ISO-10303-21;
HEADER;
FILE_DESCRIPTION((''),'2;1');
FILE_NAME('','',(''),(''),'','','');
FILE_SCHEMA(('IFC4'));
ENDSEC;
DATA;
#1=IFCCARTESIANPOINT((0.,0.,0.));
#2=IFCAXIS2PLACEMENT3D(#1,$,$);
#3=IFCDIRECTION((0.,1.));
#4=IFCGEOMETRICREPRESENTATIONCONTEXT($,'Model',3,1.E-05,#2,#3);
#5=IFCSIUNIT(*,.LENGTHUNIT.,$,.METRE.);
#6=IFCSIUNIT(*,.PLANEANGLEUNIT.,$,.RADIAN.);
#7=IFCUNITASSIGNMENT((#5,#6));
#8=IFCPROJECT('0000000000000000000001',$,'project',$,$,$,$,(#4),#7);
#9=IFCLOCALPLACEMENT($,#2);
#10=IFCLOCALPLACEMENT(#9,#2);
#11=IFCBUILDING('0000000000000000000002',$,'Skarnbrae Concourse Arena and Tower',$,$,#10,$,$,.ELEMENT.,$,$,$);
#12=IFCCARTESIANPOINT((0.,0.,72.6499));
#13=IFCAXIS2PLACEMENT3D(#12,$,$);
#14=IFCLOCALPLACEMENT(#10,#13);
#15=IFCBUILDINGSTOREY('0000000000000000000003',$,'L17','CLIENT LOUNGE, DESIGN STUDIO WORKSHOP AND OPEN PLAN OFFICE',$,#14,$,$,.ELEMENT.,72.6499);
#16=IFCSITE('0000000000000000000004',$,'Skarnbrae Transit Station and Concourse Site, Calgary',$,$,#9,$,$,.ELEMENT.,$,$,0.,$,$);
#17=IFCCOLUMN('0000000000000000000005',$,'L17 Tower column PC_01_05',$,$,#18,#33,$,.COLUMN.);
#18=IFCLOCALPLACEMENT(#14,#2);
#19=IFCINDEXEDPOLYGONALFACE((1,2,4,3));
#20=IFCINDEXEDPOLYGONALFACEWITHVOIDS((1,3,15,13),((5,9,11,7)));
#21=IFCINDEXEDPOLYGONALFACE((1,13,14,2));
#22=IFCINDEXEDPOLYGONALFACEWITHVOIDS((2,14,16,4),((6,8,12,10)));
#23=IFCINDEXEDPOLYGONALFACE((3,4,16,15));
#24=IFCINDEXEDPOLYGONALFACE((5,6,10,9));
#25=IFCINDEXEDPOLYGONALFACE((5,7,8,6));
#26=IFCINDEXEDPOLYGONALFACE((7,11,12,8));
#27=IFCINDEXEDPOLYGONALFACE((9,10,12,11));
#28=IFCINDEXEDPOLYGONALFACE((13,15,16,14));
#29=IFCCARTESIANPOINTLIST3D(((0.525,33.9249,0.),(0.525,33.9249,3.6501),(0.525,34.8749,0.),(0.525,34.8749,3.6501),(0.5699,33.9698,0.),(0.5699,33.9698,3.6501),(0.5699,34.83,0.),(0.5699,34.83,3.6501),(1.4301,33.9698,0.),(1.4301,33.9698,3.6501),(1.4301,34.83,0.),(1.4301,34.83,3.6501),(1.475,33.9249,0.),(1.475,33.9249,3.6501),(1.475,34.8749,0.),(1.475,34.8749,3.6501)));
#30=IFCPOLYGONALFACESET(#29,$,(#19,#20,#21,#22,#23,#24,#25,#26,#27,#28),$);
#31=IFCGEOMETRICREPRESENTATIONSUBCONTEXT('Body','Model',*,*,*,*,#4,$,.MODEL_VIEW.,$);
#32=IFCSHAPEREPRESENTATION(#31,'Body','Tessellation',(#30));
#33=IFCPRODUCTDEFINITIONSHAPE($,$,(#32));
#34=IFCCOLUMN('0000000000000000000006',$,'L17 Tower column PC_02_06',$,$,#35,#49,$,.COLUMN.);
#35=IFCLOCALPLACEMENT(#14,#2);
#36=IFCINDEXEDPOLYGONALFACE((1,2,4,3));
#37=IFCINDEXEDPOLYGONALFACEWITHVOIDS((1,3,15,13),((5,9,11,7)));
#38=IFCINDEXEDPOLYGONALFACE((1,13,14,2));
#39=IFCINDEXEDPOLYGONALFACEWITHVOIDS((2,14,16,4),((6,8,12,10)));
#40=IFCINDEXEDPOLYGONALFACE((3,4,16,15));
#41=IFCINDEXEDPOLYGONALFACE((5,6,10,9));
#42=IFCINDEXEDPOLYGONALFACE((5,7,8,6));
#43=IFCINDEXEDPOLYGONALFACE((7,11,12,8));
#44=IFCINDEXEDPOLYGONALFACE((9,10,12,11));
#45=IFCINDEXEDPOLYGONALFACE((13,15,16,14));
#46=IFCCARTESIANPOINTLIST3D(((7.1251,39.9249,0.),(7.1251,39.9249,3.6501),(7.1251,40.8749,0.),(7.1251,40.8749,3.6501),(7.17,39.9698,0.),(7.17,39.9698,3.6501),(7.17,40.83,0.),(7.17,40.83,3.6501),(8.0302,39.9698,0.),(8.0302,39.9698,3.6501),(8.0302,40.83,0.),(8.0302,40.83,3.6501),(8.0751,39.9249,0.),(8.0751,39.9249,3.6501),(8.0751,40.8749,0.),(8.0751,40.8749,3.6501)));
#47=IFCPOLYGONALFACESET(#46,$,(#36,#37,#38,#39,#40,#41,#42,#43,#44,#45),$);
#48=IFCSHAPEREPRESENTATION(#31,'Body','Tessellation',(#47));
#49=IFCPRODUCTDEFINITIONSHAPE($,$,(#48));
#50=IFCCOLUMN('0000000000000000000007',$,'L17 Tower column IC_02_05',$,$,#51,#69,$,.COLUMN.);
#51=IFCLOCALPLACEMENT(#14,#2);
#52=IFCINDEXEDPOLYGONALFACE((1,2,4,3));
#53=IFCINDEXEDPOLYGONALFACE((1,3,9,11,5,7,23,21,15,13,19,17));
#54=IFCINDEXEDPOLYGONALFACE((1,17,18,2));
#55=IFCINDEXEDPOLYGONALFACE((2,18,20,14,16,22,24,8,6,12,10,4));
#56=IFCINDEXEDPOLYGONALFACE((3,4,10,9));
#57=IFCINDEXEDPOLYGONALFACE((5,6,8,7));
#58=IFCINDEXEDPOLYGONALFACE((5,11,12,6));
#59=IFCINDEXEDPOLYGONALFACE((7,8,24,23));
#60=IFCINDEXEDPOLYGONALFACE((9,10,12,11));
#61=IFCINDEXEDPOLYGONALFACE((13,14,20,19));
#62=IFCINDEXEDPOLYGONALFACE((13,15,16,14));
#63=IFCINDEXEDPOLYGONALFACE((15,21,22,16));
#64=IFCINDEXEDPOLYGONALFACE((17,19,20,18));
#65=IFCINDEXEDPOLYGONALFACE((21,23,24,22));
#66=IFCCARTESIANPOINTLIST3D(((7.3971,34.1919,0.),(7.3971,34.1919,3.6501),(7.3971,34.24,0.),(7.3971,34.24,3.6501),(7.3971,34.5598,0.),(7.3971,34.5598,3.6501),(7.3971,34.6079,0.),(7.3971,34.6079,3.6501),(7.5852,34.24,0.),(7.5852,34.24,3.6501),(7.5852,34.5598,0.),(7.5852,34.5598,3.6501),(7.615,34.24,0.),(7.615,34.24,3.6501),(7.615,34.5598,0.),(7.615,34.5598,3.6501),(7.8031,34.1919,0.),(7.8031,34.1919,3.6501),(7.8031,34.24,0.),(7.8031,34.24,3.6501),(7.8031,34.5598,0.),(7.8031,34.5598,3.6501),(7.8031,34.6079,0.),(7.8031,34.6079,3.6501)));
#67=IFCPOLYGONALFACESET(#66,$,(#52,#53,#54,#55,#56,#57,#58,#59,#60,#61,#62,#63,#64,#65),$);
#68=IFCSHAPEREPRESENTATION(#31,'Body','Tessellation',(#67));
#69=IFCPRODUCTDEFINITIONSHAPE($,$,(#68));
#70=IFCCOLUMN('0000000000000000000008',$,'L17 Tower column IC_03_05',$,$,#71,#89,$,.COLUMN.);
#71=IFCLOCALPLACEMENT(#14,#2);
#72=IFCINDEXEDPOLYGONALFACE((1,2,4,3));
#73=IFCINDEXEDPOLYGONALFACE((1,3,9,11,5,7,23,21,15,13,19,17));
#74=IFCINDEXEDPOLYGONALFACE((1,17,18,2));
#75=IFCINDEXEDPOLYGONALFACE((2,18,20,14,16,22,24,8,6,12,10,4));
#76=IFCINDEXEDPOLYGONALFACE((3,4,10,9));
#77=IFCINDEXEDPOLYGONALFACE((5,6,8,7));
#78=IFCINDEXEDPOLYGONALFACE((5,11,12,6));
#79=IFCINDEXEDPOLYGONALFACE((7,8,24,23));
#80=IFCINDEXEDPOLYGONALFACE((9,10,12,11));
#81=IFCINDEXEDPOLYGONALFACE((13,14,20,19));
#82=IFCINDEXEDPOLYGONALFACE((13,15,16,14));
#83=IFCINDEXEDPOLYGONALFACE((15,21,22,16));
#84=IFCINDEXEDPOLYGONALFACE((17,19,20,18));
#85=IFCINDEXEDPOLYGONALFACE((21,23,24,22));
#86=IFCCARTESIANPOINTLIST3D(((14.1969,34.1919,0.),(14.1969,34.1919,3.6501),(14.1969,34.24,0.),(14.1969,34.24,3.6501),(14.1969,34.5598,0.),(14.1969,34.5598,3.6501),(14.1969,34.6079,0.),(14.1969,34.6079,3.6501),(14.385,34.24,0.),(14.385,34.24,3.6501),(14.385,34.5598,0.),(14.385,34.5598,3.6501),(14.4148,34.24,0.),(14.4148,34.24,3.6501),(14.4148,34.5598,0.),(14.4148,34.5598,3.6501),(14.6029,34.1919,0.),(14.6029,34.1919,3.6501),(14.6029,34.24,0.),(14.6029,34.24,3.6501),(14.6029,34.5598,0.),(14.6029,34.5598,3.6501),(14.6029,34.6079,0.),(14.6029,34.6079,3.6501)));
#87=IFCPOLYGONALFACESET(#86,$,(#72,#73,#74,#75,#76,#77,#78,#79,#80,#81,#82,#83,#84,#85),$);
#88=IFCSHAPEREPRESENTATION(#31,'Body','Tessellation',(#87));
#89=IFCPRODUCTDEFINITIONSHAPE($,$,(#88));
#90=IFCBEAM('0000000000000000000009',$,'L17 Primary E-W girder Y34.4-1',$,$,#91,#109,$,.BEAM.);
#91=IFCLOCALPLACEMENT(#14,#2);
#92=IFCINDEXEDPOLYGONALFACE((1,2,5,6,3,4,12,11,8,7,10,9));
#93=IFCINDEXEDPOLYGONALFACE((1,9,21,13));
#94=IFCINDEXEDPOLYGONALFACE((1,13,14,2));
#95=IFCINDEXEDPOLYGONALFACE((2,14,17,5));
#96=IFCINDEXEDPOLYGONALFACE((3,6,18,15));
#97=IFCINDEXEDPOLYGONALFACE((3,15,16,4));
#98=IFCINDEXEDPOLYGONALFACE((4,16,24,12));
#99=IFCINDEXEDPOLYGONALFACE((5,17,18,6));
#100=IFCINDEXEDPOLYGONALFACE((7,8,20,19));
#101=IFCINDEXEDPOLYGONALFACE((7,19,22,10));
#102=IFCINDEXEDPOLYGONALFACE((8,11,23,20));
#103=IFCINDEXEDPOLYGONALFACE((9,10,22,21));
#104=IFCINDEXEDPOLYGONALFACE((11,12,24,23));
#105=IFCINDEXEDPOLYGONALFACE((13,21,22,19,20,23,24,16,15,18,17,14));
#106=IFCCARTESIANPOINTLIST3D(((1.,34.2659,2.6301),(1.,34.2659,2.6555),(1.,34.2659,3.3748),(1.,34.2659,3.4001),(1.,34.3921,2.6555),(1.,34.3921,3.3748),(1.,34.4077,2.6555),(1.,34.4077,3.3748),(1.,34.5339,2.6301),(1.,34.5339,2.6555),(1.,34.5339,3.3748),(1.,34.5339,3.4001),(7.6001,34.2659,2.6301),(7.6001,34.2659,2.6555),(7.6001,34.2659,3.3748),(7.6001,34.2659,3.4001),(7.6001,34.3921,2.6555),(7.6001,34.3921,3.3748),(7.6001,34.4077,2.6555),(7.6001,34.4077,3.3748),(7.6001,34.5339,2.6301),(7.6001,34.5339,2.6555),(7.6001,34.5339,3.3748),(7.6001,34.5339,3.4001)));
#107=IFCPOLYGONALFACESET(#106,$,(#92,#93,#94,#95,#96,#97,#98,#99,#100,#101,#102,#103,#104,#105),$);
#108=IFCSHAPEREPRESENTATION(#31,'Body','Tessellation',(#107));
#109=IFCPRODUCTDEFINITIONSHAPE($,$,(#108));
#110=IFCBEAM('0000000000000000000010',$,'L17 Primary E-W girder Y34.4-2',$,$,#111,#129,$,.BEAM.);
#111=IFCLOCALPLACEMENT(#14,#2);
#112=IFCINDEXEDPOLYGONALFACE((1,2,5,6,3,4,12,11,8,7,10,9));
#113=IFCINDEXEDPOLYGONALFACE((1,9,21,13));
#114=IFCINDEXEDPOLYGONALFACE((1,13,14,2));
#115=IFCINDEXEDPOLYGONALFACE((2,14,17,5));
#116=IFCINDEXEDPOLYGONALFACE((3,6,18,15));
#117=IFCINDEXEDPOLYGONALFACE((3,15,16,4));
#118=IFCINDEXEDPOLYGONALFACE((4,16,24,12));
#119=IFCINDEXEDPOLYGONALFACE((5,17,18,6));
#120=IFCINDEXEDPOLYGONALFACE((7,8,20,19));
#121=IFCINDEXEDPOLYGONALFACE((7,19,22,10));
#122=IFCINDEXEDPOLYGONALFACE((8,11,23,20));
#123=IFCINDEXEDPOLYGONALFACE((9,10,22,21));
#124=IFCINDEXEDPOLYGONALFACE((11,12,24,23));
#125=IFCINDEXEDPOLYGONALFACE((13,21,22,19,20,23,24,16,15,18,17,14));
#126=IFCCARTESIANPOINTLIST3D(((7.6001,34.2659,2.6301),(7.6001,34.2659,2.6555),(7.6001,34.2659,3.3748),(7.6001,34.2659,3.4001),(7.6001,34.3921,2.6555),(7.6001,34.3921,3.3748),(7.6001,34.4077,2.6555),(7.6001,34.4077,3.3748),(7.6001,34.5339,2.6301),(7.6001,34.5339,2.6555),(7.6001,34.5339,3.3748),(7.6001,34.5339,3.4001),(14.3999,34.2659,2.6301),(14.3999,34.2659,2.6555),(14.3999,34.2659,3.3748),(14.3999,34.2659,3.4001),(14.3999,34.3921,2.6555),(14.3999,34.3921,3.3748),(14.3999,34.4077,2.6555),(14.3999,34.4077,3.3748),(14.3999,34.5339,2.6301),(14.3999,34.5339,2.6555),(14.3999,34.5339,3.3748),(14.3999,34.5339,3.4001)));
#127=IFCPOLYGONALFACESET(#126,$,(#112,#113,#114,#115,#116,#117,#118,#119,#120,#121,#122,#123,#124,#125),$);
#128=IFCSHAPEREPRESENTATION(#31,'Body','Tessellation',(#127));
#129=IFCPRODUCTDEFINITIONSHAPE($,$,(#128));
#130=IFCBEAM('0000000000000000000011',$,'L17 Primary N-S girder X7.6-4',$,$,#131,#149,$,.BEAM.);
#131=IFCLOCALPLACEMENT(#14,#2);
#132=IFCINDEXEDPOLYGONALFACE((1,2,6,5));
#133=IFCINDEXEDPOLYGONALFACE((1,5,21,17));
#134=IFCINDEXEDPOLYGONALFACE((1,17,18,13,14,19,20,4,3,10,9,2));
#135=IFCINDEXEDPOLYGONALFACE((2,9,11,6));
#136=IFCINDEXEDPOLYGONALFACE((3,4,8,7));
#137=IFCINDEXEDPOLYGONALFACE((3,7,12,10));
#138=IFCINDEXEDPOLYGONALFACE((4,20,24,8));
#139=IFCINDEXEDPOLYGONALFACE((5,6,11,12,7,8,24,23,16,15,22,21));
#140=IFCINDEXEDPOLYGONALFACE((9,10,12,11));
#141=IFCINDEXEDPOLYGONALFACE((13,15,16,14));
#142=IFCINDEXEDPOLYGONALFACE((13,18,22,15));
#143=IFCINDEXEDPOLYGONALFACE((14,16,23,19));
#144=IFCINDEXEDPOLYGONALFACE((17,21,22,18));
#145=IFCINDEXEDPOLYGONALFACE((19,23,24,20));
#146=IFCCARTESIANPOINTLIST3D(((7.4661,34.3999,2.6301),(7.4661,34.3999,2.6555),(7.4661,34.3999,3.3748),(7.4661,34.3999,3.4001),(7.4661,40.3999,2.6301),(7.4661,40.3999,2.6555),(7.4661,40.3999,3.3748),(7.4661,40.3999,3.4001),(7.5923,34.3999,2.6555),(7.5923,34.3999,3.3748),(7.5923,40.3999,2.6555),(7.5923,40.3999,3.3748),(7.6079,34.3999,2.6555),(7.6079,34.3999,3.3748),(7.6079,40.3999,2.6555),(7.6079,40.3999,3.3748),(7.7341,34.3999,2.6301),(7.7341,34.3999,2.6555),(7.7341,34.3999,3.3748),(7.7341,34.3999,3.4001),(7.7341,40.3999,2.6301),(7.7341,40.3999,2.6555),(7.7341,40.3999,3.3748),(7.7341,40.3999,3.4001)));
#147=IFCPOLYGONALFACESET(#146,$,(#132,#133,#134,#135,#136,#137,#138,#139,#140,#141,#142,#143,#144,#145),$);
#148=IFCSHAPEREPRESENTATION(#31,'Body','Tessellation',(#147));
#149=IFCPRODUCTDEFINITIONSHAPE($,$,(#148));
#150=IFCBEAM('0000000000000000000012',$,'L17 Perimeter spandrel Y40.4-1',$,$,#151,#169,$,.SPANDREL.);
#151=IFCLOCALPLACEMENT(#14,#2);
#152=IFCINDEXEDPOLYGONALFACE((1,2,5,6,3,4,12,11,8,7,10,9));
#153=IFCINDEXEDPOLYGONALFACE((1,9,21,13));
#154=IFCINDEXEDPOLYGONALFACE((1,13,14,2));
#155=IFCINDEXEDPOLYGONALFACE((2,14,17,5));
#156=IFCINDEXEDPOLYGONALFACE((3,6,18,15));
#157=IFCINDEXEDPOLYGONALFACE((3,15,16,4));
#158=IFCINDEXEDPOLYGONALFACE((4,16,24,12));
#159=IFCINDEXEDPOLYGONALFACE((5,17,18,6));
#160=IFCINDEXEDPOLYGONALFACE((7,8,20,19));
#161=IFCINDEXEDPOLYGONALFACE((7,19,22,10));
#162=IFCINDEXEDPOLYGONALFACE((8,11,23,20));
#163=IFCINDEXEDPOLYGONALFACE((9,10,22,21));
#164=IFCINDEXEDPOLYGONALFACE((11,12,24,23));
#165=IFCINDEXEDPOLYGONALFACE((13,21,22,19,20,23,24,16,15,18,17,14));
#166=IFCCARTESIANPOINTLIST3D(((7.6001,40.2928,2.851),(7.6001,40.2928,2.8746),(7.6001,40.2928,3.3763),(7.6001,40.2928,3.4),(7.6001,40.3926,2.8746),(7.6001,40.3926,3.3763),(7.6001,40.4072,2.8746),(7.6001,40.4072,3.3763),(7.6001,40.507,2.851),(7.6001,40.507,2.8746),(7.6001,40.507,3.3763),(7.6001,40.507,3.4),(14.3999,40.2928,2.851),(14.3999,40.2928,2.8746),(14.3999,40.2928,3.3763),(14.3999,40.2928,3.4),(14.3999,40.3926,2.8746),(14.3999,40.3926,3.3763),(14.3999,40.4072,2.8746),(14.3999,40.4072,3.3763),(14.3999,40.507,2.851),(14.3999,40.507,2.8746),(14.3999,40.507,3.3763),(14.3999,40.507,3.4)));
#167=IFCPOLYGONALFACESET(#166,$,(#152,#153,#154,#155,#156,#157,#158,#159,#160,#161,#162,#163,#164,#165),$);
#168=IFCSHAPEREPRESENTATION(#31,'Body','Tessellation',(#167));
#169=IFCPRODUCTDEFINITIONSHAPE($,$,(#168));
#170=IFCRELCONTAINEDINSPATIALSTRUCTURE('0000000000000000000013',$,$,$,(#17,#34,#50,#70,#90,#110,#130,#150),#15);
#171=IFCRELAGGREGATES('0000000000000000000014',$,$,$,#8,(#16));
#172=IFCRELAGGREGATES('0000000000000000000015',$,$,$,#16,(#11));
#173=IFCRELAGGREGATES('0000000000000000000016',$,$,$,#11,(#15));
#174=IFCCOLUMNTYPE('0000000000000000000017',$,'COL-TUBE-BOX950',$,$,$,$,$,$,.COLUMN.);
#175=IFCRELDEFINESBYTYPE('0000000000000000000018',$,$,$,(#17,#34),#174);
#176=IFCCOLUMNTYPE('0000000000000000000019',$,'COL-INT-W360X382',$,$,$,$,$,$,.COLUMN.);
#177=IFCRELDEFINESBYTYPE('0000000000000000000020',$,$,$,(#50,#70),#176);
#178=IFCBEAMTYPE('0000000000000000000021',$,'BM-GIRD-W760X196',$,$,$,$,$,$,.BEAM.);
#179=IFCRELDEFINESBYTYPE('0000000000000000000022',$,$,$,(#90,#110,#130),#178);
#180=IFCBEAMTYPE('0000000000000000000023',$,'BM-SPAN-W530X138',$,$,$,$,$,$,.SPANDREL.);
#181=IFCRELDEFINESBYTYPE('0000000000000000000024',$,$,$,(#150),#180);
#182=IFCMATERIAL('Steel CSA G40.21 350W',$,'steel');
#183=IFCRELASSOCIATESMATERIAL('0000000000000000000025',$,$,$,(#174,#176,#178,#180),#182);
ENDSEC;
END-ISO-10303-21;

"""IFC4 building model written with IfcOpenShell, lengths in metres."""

from ifc_helpers import new_model, si_unit, direction, frame, origin, origin_2d, place, context, subcontext, project, spatial, hollow_rectangle, i_section, extrude, source, transform, mapped, material, material_profile, profile_set, type_object, element, save


model = new_model("IFC4")

# Units and contexts
model_context = context("Model", 3, precision=1e-05, world=origin(), true_north=direction((0.0, 1.0)))
body_context = subcontext(model_context, "Body", "Model", "MODEL_VIEW")
ifc_project = project(units=[si_unit("LENGTHUNIT", "METRE"), si_unit("PLANEANGLEUNIT", "RADIAN")], contexts=[model_context])

# Site, building, storey
site_placement = place(None, origin())
site = spatial("IfcSite", under=ifc_project, at=site_placement, Name="Skarnbrae Transit Station and Concourse Site, Calgary", CompositionType="ELEMENT", RefElevation=0.0)
building_placement = place(site_placement, origin())
building = spatial("IfcBuilding", under=site, at=building_placement, Name="Skarnbrae Concourse Arena and Tower", CompositionType="ELEMENT")
storey_placement = place(building_placement, frame((0.0, 0.0, 72.6499)))
storey = spatial("IfcBuildingStorey", under=building, at=storey_placement, Name="L17", Description="CLIENT LOUNGE, DESIGN STUDIO WORKSHOP AND OPEN PLAN OFFICE", CompositionType="ELEMENT", Elevation=72.6499)

# Columns
ifc_material_1 = material(Name="Steel CSA G40.21 350W", Category="steel")
ifc_material_profile_1 = material_profile(ifc_material_1, hollow_rectangle(XDim=0.95, YDim=0.95, WallThickness=0.0449, at=origin_2d()), Name="BOX950X950X45")
ifc_profile_set_1 = profile_set([ifc_material_profile_1], Name="Steel CSA G40.21 350W")
column_type_1 = type_object("IfcColumnType", Name="COL-TUBE-BOX950", PredefinedType="COLUMN", material=ifc_profile_set_1)
shared_shape_1 = source(origin(), body_context, "Body", "SweptSolid", [
    extrude(hollow_rectangle(XDim=0.95, YDim=0.95, WallThickness=0.0449, at=origin_2d()), origin(), (0.0, 0.0, 1.0), 3.6501),
])
for number, where, z_axis, x_axis, name in (
    (1, (1.0, 34.3999, 0.0), (0.0, 0.0, 1.0), (1.0, 0.0, 0.0), "L17 Tower column PC_01_05"),
    (2, (7.6001, 40.3999, 0.0), (0.0, 0.0, 1.0), (1.0, 0.0, 0.0), "L17 Tower column PC_02_06"),
):
    element("IfcColumn", number, at=place(storey_placement, frame(where, z_axis=z_axis, x_axis=x_axis)), inside=storey, type_object=column_type_1, Name=name, PredefinedType="COLUMN", context=body_context, shape_type="MappedRepresentation", body=[
        mapped(shared_shape_1, transform((0.0, 0.0, 0.0))),
    ])
ifc_material_profile_2 = material_profile(ifc_material_1, i_section(OverallWidth=0.406, OverallDepth=0.416, WebThickness=0.0298, FlangeThickness=0.0481, at=origin_2d()), Name="W360X382")
ifc_profile_set_2 = profile_set([ifc_material_profile_2], Name="Steel CSA G40.21 350W")
column_type_2 = type_object("IfcColumnType", Name="COL-INT-W360X382", PredefinedType="COLUMN", material=ifc_profile_set_2)
shared_shape_2 = source(origin(), body_context, "Body", "SweptSolid", [
    extrude(i_section(OverallWidth=0.406, OverallDepth=0.416, WebThickness=0.0298, FlangeThickness=0.0481, at=origin_2d()), origin(), (0.0, 0.0, 1.0), 3.6501),
])
for number, where, z_axis, x_axis, name in (
    (3, (7.6001, 34.3999, 0.0), (0.0, 0.0, 1.0), (1.0, 0.0, 0.0), "L17 Tower column IC_02_05"),
    (4, (14.3999, 34.3999, 0.0), (0.0, 0.0, 1.0), (1.0, 0.0, 0.0), "L17 Tower column IC_03_05"),
):
    element("IfcColumn", number, at=place(storey_placement, frame(where, z_axis=z_axis, x_axis=x_axis)), inside=storey, type_object=column_type_2, Name=name, PredefinedType="COLUMN", context=body_context, shape_type="MappedRepresentation", body=[
        mapped(shared_shape_2, transform((0.0, 0.0, 0.0))),
    ])

# Beams
ifc_material_profile_3 = material_profile(ifc_material_1, i_section(OverallWidth=0.2681, OverallDepth=0.77, WebThickness=0.0156, FlangeThickness=0.0254, at=origin_2d()), Name="W760X196")
ifc_profile_set_3 = profile_set([ifc_material_profile_3], Name="Steel CSA G40.21 350W")
beam_type_1 = type_object("IfcBeamType", Name="BM-GIRD-W760X196", PredefinedType="BEAM", material=ifc_profile_set_3)
shared_shape_3 = source(origin(), body_context, "Body", "SweptSolid", [
    extrude(i_section(OverallWidth=0.2681, OverallDepth=0.77, WebThickness=0.0156, FlangeThickness=0.0254, at=origin_2d()), origin(), (0.0, 0.0, 1.0), 6.6001),
])
beam_1_placement = place(storey_placement, frame((1.0, 34.3999, 3.0151), z_axis=(1.0, 0.0, 0.0), x_axis=(0.0, 1.0, 0.0)))
element("IfcBeam", 5, at=beam_1_placement, inside=storey, type_object=beam_type_1, Name="L17 Primary E-W girder Y34.4-1", PredefinedType="BEAM", context=body_context, shape_type="MappedRepresentation", body=[
    mapped(shared_shape_3, transform((0.0, 0.0, 0.0))),
])
shared_shape_4 = source(origin(), body_context, "Body", "SweptSolid", [
    extrude(i_section(OverallWidth=0.2681, OverallDepth=0.77, WebThickness=0.0156, FlangeThickness=0.0254, at=origin_2d()), origin(), (0.0, 0.0, 1.0), 6.7998),
])
beam_2_placement = place(storey_placement, frame((7.6001, 34.3999, 3.0151), z_axis=(1.0, 0.0, 0.0), x_axis=(0.0, 1.0, 0.0)))
element("IfcBeam", 6, at=beam_2_placement, inside=storey, type_object=beam_type_1, Name="L17 Primary E-W girder Y34.4-2", PredefinedType="BEAM", context=body_context, shape_type="MappedRepresentation", body=[
    mapped(shared_shape_4, transform((0.0, 0.0, 0.0))),
])
shared_shape_5 = source(origin(), body_context, "Body", "SweptSolid", [
    extrude(i_section(OverallWidth=0.2681, OverallDepth=0.77, WebThickness=0.0156, FlangeThickness=0.0254, at=origin_2d()), origin(), (0.0, 0.0, 1.0), 6.0),
])
beam_3_placement = place(storey_placement, frame((7.6001, 34.3999, 3.0151), z_axis=(0.0, 1.0, 0.0), x_axis=(-1.0, 0.0, 0.0)))
element("IfcBeam", 7, at=beam_3_placement, inside=storey, type_object=beam_type_1, Name="L17 Primary N-S girder X7.6-4", PredefinedType="BEAM", context=body_context, shape_type="MappedRepresentation", body=[
    mapped(shared_shape_5, transform((0.0, 0.0, 0.0))),
])
ifc_material_profile_4 = material_profile(ifc_material_1, i_section(OverallWidth=0.2141, OverallDepth=0.5491, WebThickness=0.0146, FlangeThickness=0.0237, at=origin_2d()), Name="W530X138")
ifc_profile_set_4 = profile_set([ifc_material_profile_4], Name="Steel CSA G40.21 350W")
beam_type_2 = type_object("IfcBeamType", Name="BM-SPAN-W530X138", PredefinedType="SPANDREL", material=ifc_profile_set_4)
shared_shape_6 = source(origin(), body_context, "Body", "SweptSolid", [
    extrude(i_section(OverallWidth=0.2141, OverallDepth=0.5491, WebThickness=0.0146, FlangeThickness=0.0237, at=origin_2d()), origin(), (0.0, 0.0, 1.0), 6.7998),
])
beam_4_placement = place(storey_placement, frame((7.6001, 40.3999, 3.1255), z_axis=(1.0, 0.0, 0.0), x_axis=(0.0, 1.0, 0.0)))
element("IfcBeam", 8, at=beam_4_placement, inside=storey, type_object=beam_type_2, Name="L17 Perimeter spandrel Y40.4-1", PredefinedType="SPANDREL", context=body_context, shape_type="MappedRepresentation", body=[
    mapped(shared_shape_6, transform((0.0, 0.0, 0.0))),
])

save(model, "model.ifc")
